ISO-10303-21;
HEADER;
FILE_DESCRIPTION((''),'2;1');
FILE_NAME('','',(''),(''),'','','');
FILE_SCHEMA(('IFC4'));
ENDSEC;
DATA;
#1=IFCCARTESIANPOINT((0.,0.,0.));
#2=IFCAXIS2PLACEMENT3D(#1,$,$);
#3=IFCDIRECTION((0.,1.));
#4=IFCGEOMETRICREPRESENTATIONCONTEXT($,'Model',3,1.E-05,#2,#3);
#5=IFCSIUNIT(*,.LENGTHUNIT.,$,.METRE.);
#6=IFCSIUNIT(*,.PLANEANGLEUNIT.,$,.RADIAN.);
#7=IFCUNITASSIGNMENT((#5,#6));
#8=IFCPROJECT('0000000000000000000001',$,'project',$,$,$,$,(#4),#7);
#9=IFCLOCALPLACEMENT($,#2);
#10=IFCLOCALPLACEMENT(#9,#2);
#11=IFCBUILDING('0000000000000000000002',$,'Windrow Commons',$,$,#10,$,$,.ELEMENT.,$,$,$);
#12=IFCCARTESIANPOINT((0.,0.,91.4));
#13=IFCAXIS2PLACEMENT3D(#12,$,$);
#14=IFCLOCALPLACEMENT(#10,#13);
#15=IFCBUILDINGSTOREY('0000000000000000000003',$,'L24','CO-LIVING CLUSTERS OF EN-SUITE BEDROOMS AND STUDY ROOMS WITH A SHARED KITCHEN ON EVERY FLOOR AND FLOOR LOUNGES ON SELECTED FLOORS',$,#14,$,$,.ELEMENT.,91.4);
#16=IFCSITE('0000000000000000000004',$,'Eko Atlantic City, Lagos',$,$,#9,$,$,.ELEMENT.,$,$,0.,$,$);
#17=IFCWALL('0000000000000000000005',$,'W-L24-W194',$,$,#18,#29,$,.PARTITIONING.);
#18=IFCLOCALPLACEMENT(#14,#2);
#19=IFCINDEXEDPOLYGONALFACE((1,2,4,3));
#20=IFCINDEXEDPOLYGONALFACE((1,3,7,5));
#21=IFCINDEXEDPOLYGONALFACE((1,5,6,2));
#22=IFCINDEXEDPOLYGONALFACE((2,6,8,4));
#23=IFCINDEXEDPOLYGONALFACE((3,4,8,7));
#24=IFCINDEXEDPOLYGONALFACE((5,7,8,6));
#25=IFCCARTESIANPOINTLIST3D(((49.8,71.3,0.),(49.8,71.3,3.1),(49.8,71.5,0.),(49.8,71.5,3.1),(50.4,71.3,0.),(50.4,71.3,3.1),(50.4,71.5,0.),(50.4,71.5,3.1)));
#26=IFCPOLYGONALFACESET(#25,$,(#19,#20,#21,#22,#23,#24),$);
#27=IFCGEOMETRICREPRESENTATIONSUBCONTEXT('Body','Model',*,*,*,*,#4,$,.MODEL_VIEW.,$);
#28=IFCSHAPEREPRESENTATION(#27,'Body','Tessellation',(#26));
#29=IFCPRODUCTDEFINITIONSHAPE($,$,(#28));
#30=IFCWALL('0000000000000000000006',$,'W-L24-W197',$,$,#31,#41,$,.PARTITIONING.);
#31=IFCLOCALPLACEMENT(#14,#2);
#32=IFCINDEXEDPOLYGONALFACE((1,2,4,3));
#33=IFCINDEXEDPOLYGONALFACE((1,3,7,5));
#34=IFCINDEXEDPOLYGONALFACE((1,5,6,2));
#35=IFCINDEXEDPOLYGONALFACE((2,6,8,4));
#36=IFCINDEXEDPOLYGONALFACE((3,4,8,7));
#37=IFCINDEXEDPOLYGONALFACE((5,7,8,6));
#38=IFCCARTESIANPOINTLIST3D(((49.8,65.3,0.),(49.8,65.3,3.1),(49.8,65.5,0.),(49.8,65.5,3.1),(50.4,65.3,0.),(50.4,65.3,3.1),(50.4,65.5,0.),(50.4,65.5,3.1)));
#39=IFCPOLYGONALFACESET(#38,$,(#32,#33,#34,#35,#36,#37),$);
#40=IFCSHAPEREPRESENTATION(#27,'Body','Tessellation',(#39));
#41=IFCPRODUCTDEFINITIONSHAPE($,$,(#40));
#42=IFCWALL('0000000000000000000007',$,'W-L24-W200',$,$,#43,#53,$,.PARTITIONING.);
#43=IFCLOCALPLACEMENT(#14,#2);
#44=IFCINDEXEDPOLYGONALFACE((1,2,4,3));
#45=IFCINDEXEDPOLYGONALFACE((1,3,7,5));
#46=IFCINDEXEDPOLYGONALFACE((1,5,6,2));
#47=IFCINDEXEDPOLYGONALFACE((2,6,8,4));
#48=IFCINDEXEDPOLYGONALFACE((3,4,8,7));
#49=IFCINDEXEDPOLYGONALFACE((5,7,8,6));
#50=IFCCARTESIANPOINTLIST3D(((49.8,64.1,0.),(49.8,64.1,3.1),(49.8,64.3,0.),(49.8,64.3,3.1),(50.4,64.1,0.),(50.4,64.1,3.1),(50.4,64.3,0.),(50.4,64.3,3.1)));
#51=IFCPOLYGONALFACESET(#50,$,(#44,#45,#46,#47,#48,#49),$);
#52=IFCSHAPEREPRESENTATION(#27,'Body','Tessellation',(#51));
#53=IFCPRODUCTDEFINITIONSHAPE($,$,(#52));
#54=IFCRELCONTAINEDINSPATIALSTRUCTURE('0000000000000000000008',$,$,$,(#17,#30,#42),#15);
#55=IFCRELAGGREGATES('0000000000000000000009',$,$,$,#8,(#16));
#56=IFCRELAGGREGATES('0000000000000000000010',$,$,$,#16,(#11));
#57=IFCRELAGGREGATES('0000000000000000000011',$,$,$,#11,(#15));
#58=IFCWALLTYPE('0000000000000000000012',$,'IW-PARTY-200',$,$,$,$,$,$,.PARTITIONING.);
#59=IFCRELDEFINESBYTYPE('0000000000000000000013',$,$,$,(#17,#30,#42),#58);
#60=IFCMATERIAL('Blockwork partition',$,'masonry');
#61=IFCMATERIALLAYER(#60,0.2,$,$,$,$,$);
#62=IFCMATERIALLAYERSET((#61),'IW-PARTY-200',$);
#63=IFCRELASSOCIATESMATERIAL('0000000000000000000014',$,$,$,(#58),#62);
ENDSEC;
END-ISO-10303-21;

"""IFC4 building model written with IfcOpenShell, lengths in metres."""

from ifc_helpers import new_model, si_unit, direction, frame, frame_2d, origin, place, context, subcontext, project, spatial, rectangle, extrude, material, layer, layer_set, type_object, element, save


model = new_model("IFC4")

# Units and contexts
model_context = context("Model", 3, precision=1e-05, world=origin(), true_north=direction((0.0, 1.0)))
body_context = subcontext(model_context, "Body", "Model", "MODEL_VIEW")
ifc_project = project(units=[si_unit("LENGTHUNIT", "METRE"), si_unit("PLANEANGLEUNIT", "RADIAN")], contexts=[model_context])

# Site, building, storey
site_placement = place(None, origin())
site = spatial("IfcSite", under=ifc_project, at=site_placement, Name="Eko Atlantic City, Lagos", CompositionType="ELEMENT", RefElevation=0.0)
building_placement = place(site_placement, origin())
building = spatial("IfcBuilding", under=site, at=building_placement, Name="Windrow Commons", CompositionType="ELEMENT")
storey_placement = place(building_placement, frame((0.0, 0.0, 91.4)))
storey = spatial("IfcBuildingStorey", under=building, at=storey_placement, Name="L24", Description="CO-LIVING CLUSTERS OF EN-SUITE BEDROOMS AND STUDY ROOMS WITH A SHARED KITCHEN ON EVERY FLOOR AND FLOOR LOUNGES ON SELECTED FLOORS", CompositionType="ELEMENT", Elevation=91.4)

# Walls
ifc_material_1 = material(Name="Blockwork partition", Category="masonry")
ifc_layer_1 = layer(ifc_material_1, 0.2)
ifc_layer_set_1 = layer_set([ifc_layer_1], Name="IW-PARTY-200")
wall_type_1 = type_object("IfcWallType", Name="IW-PARTY-200", PredefinedType="PARTITIONING", material=ifc_layer_set_1)
for number, where, z_axis, x_axis, name in (
    (1, (49.8, 71.4, 0.0), (0.0, 0.0, 1.0), (1.0, 0.0, 0.0), "W-L24-W194"),
    (2, (49.8, 65.4, 0.0), (0.0, 0.0, 1.0), (1.0, 0.0, 0.0), "W-L24-W197"),
    (3, (49.8, 64.2, 0.0), (0.0, 0.0, 1.0), (1.0, 0.0, 0.0), "W-L24-W200"),
):
    element("IfcWall", number, at=place(storey_placement, frame(where, z_axis=z_axis, x_axis=x_axis)), inside=storey, type_object=wall_type_1, Name=name, PredefinedType="PARTITIONING", context=body_context, shape_type="SweptSolid", body=[
        extrude(rectangle(XDim=0.6, YDim=0.2, at=frame_2d((0.3, 0.0))), origin(), (0.0, 0.0, 1.0), 3.1),
    ])

save(model, "model.ifc")
